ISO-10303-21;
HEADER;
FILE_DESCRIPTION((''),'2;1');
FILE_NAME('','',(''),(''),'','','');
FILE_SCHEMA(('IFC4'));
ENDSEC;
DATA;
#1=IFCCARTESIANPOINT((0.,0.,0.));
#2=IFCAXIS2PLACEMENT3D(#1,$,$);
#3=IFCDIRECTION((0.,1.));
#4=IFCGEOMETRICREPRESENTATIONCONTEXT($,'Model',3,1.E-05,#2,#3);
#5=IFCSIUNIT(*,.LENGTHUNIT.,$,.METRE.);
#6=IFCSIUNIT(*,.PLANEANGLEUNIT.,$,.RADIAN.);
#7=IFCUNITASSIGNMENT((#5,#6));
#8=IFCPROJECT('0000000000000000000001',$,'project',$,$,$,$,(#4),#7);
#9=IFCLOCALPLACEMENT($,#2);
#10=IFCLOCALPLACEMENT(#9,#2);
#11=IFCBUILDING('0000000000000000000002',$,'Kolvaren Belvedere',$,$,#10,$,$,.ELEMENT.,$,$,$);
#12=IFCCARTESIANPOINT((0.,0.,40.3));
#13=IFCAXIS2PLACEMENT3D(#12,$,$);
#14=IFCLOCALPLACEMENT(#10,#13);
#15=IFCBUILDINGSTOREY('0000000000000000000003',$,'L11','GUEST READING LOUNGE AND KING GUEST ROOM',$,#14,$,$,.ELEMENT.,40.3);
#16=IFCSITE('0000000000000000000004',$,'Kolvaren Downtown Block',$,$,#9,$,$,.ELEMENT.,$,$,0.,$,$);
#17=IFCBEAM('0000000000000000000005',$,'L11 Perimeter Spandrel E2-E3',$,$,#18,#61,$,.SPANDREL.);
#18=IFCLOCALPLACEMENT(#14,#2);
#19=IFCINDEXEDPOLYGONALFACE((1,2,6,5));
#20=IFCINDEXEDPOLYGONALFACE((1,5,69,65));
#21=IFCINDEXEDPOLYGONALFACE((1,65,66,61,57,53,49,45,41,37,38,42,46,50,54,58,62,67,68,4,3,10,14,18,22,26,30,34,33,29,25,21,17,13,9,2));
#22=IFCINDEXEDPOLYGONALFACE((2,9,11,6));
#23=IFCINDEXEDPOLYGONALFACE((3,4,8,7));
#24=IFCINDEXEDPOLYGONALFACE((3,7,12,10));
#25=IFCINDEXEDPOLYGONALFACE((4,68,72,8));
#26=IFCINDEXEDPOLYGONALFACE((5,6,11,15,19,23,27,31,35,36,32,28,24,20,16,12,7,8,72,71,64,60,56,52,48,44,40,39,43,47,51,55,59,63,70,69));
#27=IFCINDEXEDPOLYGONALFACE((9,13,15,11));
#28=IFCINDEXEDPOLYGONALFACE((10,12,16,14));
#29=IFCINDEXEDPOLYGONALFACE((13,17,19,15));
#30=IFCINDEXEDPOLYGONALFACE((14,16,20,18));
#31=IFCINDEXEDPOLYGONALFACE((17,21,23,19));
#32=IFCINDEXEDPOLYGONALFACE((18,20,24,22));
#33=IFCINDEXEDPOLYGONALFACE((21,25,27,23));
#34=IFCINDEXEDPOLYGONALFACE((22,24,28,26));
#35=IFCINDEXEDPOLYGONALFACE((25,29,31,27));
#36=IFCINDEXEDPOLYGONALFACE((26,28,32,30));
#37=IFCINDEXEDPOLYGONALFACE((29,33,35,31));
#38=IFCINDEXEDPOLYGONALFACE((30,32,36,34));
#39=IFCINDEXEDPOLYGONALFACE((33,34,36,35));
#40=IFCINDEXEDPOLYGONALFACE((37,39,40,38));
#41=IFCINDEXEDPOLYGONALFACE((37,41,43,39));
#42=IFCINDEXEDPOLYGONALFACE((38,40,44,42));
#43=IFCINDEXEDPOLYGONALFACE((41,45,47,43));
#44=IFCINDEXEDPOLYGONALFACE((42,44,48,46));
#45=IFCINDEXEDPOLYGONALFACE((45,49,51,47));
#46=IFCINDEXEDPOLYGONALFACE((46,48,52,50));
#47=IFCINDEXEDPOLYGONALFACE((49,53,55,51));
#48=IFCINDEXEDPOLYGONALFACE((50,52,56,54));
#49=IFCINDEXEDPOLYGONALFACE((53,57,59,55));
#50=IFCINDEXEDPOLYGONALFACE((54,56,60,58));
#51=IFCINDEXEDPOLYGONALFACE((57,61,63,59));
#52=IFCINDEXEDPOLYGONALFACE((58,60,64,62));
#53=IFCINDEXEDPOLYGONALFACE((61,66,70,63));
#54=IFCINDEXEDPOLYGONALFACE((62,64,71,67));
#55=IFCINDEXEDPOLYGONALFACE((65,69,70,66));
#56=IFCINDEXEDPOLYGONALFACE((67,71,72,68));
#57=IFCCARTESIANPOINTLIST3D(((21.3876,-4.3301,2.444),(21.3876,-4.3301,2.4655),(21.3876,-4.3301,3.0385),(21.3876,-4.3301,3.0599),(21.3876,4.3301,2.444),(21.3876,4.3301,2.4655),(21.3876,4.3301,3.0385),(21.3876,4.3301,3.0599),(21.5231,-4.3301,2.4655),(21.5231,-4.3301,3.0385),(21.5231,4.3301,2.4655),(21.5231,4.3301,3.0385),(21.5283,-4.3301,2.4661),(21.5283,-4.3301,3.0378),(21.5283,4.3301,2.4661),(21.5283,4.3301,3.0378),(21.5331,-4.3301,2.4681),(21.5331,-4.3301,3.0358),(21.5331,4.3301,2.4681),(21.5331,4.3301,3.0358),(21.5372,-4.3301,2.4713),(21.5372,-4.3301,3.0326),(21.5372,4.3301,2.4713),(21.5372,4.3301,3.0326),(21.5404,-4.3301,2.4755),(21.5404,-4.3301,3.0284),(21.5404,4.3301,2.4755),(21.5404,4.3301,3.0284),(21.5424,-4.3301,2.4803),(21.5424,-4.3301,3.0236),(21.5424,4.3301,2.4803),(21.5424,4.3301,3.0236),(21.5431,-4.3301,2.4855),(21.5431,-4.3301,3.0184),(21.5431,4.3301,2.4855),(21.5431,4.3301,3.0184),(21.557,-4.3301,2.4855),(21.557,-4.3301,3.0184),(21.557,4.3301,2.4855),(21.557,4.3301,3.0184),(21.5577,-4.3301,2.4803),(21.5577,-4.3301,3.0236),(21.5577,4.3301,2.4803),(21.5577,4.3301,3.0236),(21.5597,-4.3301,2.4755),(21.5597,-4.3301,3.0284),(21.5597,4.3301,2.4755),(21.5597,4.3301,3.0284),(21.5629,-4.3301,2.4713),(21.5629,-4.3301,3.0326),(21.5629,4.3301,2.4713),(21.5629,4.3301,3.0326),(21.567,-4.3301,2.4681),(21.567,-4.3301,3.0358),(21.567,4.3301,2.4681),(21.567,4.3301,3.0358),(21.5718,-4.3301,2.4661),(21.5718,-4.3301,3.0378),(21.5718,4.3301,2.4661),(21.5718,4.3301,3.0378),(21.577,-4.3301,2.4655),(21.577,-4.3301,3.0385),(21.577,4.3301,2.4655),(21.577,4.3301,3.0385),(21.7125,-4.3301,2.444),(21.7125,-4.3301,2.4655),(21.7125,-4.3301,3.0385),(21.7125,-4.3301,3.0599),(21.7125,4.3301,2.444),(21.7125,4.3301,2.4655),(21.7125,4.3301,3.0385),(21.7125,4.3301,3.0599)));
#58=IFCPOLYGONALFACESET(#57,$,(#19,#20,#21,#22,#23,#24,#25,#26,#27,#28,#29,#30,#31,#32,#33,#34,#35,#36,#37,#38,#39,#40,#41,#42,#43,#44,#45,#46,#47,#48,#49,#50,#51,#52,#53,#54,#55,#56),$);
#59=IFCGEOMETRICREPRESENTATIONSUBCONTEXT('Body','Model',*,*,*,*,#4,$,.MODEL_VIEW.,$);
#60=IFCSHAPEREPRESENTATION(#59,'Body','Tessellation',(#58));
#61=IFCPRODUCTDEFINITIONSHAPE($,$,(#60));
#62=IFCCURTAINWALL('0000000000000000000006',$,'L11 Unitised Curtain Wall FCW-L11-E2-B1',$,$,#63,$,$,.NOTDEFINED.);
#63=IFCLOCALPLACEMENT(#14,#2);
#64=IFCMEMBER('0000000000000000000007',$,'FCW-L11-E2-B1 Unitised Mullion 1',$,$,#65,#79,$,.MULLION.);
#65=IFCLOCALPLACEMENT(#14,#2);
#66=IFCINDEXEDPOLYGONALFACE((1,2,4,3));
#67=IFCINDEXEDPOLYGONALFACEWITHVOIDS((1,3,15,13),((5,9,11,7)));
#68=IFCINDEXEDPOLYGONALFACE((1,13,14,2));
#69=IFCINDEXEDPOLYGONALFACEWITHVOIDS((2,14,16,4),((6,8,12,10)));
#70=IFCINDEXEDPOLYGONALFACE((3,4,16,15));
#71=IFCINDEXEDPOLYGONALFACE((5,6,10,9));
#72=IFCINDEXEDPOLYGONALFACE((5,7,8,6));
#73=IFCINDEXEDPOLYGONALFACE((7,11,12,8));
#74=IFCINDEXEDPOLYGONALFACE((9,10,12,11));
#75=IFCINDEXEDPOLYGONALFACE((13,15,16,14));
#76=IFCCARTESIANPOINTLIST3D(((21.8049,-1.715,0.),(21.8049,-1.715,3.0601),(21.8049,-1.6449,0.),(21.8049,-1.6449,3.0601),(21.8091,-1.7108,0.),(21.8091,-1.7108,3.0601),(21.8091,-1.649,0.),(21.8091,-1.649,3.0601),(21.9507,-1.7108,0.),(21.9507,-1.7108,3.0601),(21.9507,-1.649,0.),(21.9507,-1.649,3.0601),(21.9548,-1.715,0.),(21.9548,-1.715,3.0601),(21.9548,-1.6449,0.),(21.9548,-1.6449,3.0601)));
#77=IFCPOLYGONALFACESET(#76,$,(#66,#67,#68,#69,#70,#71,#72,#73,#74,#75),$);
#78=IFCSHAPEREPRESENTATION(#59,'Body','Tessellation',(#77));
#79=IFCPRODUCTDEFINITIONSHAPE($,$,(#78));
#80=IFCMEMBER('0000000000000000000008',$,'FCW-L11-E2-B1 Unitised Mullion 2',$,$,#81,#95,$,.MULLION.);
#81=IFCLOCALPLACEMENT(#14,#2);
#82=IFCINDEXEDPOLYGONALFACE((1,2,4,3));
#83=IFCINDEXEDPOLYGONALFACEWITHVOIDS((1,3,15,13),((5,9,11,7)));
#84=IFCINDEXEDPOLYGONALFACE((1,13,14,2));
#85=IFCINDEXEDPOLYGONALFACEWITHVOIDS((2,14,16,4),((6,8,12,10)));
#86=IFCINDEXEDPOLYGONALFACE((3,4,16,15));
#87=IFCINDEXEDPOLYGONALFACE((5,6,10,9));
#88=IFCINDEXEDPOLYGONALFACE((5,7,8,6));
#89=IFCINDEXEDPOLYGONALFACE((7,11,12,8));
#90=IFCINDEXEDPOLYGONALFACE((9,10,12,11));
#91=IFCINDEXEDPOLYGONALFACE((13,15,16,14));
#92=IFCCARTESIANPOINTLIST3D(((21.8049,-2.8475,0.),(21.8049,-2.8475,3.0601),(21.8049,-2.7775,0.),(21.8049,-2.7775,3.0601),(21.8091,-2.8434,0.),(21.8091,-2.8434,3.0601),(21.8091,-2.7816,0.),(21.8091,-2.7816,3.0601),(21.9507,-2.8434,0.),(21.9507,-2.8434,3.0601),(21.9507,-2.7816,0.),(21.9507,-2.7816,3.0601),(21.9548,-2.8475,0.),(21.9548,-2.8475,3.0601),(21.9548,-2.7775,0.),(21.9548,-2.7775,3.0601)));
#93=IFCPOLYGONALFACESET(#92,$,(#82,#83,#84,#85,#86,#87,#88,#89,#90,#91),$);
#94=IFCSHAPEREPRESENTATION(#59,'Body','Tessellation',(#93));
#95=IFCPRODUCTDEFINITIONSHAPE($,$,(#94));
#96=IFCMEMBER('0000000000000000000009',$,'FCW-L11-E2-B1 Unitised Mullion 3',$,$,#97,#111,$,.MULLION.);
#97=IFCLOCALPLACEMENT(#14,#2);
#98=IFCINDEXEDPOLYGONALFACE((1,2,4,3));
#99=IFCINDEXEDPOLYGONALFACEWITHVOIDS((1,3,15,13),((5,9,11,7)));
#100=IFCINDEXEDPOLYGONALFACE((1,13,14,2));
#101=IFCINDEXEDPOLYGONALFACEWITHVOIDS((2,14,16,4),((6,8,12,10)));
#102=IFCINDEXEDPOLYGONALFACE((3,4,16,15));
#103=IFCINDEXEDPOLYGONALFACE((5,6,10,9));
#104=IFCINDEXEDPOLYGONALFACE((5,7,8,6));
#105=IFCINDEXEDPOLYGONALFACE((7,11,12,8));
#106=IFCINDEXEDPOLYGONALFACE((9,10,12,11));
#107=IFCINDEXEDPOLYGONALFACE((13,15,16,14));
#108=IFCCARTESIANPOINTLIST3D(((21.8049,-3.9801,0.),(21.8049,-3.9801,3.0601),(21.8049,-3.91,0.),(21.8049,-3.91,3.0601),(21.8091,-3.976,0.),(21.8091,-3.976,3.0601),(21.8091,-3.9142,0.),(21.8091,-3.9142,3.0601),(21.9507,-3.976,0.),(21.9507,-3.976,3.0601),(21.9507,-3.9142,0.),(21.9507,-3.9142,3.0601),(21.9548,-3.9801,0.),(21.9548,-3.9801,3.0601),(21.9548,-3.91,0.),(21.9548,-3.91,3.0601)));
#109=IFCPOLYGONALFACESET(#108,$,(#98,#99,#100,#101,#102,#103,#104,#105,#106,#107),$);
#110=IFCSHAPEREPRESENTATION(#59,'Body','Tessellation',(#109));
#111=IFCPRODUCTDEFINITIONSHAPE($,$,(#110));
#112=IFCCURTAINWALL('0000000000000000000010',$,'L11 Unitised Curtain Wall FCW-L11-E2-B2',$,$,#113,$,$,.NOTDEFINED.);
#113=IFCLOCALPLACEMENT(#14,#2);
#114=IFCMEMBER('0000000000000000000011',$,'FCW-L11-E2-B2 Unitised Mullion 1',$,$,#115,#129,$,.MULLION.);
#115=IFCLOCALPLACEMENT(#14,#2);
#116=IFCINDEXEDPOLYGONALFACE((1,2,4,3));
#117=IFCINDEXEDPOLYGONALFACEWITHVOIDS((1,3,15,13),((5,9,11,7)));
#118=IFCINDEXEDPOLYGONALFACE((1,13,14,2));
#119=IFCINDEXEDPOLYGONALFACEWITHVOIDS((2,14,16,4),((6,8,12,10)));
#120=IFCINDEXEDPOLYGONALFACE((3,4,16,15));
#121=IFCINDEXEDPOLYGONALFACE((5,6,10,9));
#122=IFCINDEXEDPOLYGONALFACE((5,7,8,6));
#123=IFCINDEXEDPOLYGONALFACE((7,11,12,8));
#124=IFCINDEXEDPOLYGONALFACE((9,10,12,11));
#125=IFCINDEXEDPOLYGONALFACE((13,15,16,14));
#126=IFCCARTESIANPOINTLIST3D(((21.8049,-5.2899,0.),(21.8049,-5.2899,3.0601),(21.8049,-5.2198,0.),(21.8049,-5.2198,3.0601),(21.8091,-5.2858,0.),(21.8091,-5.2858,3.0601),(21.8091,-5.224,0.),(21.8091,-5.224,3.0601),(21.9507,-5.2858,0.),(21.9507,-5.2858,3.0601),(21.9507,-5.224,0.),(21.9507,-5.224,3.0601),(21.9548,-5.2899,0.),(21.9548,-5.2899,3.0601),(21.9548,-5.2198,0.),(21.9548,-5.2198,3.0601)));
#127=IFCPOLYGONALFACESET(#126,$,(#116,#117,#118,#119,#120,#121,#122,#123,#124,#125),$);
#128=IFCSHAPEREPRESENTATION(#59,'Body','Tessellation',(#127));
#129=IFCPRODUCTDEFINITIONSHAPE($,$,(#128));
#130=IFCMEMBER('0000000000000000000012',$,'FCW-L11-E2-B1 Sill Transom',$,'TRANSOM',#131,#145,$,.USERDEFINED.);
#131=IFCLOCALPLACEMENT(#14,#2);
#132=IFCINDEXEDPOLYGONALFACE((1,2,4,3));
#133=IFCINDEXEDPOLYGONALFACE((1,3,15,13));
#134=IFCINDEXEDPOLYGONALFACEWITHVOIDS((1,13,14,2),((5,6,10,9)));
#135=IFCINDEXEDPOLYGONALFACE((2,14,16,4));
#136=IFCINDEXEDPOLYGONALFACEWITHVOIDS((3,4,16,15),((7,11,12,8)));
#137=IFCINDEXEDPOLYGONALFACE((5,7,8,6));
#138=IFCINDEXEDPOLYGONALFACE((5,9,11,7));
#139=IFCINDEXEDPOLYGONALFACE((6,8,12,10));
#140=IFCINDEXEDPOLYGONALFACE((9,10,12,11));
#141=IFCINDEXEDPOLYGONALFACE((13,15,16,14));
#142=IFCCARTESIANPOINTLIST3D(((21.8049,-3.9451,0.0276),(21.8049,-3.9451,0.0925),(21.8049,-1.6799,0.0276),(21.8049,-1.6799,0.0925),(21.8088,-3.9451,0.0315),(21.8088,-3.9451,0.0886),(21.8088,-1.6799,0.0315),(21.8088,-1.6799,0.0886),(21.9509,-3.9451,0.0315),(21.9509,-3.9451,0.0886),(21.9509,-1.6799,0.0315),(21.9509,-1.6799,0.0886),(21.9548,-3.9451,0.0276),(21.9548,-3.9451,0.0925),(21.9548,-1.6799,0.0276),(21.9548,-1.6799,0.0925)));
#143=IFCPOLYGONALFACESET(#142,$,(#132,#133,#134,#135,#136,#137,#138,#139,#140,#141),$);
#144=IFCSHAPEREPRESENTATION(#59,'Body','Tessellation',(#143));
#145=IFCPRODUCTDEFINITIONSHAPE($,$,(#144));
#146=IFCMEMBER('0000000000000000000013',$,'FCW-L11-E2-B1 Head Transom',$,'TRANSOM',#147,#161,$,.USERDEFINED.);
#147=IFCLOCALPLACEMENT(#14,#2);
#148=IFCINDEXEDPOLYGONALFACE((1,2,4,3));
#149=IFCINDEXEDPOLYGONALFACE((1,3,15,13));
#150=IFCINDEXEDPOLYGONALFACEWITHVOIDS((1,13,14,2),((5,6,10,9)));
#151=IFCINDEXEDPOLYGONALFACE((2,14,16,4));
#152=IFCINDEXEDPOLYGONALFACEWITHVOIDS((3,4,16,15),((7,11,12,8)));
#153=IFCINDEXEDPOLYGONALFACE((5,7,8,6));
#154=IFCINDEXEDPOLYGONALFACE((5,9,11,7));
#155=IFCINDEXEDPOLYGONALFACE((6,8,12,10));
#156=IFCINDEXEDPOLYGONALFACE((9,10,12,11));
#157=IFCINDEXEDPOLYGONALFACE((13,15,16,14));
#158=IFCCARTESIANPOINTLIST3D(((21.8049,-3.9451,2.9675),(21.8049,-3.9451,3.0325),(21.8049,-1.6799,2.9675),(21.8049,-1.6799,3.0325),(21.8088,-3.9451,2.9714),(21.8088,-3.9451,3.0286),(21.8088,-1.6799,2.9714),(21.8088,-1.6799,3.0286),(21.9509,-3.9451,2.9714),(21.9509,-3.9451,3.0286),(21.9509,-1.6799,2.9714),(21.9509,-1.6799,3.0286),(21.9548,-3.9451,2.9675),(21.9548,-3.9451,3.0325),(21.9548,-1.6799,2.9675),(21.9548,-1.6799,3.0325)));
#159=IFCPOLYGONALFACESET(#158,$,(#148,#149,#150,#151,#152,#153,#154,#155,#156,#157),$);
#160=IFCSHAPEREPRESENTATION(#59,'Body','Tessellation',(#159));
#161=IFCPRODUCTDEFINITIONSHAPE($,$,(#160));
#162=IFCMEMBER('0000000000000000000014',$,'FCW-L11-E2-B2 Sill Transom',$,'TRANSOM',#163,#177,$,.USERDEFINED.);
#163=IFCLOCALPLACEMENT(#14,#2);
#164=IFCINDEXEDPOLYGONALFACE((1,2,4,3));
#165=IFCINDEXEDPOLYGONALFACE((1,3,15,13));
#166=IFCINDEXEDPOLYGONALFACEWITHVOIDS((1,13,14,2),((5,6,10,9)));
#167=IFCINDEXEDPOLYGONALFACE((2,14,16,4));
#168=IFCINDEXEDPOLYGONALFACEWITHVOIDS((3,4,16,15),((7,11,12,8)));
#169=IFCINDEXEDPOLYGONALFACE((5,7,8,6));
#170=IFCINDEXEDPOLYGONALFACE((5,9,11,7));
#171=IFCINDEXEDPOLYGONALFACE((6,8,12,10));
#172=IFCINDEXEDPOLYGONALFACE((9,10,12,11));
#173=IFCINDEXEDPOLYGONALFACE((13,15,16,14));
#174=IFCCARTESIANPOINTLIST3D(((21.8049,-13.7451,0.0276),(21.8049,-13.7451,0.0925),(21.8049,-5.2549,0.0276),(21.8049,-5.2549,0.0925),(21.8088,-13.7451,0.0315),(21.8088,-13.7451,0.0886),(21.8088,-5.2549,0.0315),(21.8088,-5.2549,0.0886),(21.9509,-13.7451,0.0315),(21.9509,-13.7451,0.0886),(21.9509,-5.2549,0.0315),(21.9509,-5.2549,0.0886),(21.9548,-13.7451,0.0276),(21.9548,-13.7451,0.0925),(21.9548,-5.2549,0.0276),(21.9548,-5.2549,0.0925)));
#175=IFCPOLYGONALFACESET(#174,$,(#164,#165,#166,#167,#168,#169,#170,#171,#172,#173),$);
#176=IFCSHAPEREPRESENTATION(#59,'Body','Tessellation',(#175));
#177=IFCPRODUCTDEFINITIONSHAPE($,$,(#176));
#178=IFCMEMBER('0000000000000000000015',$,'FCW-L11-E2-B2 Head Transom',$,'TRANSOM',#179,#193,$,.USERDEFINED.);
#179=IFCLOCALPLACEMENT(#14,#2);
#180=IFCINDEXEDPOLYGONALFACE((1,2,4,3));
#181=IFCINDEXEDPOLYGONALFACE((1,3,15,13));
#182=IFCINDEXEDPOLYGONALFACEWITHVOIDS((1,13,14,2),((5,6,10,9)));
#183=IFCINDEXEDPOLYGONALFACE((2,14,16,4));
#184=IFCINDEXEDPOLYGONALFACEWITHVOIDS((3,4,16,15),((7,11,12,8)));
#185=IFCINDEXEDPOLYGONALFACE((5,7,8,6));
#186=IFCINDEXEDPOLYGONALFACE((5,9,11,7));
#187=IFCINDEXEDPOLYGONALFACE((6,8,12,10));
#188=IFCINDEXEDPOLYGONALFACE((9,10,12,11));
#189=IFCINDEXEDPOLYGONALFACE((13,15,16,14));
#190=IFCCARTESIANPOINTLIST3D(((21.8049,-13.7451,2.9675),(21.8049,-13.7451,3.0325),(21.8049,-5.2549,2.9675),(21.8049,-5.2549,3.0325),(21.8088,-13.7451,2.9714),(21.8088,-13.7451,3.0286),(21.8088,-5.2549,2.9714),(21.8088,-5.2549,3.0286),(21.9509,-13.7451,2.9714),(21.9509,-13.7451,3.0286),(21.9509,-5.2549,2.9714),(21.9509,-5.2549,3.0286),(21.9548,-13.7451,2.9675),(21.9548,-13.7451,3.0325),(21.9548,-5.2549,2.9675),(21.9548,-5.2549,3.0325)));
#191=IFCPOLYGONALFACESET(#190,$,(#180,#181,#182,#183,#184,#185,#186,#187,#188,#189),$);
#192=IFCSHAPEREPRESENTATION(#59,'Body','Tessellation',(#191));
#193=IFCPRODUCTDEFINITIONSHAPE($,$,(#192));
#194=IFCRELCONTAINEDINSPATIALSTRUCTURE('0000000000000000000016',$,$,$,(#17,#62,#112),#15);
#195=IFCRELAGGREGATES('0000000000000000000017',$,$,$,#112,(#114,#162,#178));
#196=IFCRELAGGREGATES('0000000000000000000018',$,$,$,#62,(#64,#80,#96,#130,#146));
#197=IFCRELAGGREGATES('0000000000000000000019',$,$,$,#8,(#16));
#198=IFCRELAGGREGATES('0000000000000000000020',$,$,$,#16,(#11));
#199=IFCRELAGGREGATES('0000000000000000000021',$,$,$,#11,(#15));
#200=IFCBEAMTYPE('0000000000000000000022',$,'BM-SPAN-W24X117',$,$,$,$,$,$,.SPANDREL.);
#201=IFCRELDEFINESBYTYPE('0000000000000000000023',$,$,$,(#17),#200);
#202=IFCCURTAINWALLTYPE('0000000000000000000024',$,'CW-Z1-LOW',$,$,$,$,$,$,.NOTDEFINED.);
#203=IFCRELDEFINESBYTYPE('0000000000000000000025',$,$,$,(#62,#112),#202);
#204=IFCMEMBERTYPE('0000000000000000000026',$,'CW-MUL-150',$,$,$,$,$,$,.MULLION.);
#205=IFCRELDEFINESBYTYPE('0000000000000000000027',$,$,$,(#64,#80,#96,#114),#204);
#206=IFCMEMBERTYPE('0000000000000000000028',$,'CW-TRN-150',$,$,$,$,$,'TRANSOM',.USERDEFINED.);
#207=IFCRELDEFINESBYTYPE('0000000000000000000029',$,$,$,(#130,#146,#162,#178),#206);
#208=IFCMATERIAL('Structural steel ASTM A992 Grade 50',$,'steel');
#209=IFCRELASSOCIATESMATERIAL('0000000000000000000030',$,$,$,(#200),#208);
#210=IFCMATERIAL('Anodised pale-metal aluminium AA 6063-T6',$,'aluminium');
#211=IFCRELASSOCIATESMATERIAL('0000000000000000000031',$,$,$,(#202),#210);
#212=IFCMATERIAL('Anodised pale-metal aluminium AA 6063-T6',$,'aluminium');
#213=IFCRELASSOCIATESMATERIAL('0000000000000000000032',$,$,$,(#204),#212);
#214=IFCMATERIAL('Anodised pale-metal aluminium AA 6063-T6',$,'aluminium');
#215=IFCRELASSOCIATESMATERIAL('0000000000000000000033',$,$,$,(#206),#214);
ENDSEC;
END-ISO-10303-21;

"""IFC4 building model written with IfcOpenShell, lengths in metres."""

from ifc_helpers import new_model, si_unit, direction, frame, origin, origin_2d, place, context, subcontext, project, spatial, hollow_rectangle, i_section, extrude, material, material_profile, profile_set, type_object, element, aggregate, save


model = new_model("IFC4")

# Units and contexts
model_context = context("Model", 3, precision=1e-05, world=origin(), true_north=direction((0.0, 1.0)))
body_context = subcontext(model_context, "Body", "Model", "MODEL_VIEW")
ifc_project = project(units=[si_unit("LENGTHUNIT", "METRE"), si_unit("PLANEANGLEUNIT", "RADIAN")], contexts=[model_context])

# Site, building, storey
site_placement = place(None, origin())
site = spatial("IfcSite", under=ifc_project, at=site_placement, Name="Kolvaren Downtown Block", CompositionType="ELEMENT", RefElevation=0.0)
building_placement = place(site_placement, origin())
building = spatial("IfcBuilding", under=site, at=building_placement, Name="Kolvaren Belvedere", CompositionType="ELEMENT")
storey_placement = place(building_placement, frame((0.0, 0.0, 40.3)))
storey = spatial("IfcBuildingStorey", under=building, at=storey_placement, Name="L11", Description="GUEST READING LOUNGE AND KING GUEST ROOM", CompositionType="ELEMENT", Elevation=40.3)

# Beam
ifc_material_1 = material(Name="Structural steel ASTM A992 Grade 50", Category="steel")
ifc_material_profile_1 = material_profile(ifc_material_1, i_section(OverallWidth=0.325, OverallDepth=0.616, WebThickness=0.0139, FlangeThickness=0.0215, FilletRadius=0.02, at=origin_2d()), Name="W24X117")
ifc_profile_set_1 = profile_set([ifc_material_profile_1], Name="Structural steel ASTM A992 Grade 50")
beam_type_1 = type_object("IfcBeamType", Name="BM-SPAN-W24X117", PredefinedType="SPANDREL", material=ifc_profile_set_1)
beam_1_placement = place(storey_placement, frame((21.55, -4.3301, 2.752), z_axis=(0.0, 1.0, 0.0), x_axis=(-1.0, 0.0, 0.0)))
element("IfcBeam", 1, at=beam_1_placement, inside=storey, type_object=beam_type_1, Name="L11 Perimeter Spandrel E2-E3", PredefinedType="SPANDREL", context=body_context, shape_type="SweptSolid", body=[
    extrude(i_section(OverallWidth=0.325, OverallDepth=0.616, WebThickness=0.0139, FlangeThickness=0.0215, FilletRadius=0.02, at=origin_2d()), origin(), (0.0, 0.0, 1.0), 8.6602),
])

# Curtain wall, members
ifc_material_2 = material(Name="Anodised pale-metal aluminium AA 6063-T6", Category="aluminium")
curtain_wall_type = type_object("IfcCurtainWallType", Name="CW-Z1-LOW", PredefinedType="NOTDEFINED", material=ifc_material_2)
curtain_wall_1_placement = place(storey_placement, origin())
curtain_wall_1 = element("IfcCurtainWall", 2, at=curtain_wall_1_placement, inside=storey, type_object=curtain_wall_type, Name="L11 Unitised Curtain Wall FCW-L11-E2-B1", PredefinedType="NOTDEFINED")
ifc_material_3 = material(Name="Anodised pale-metal aluminium AA 6063-T6", Category="aluminium")
ifc_material_profile_2 = material_profile(ifc_material_3, hollow_rectangle(XDim=0.0701, YDim=0.1499, WallThickness=0.0042, at=origin_2d()), Name="ALU-MUL-150X70")
ifc_profile_set_2 = profile_set([ifc_material_profile_2], Name="Anodised pale-metal aluminium AA 6063-T6")
member_type_1 = type_object("IfcMemberType", Name="CW-MUL-150", PredefinedType="MULLION", material=ifc_profile_set_2)
member_1_placement = place(storey_placement, frame((21.8799, -1.6799, 0.0), z_axis=(0.0, 0.0, 1.0), x_axis=(0.0, 1.0, 0.0)))
member_1 = element("IfcMember", 3, at=member_1_placement, type_object=member_type_1, Name="FCW-L11-E2-B1 Unitised Mullion 1", PredefinedType="MULLION", context=body_context, shape_type="SweptSolid", body=[
    extrude(hollow_rectangle(XDim=0.0701, YDim=0.1499, WallThickness=0.0042, at=origin_2d()), origin(), (0.0, 0.0, 1.0), 3.0601),
])
member_2_placement = place(storey_placement, frame((21.8799, -2.8125, 0.0), z_axis=(0.0, 0.0, 1.0), x_axis=(0.0, 1.0, 0.0)))
member_2 = element("IfcMember", 4, at=member_2_placement, type_object=member_type_1, Name="FCW-L11-E2-B1 Unitised Mullion 2", PredefinedType="MULLION", context=body_context, shape_type="SweptSolid", body=[
    extrude(hollow_rectangle(XDim=0.0701, YDim=0.1499, WallThickness=0.0042, at=origin_2d()), origin(), (0.0, 0.0, 1.0), 3.0601),
])
member_3_placement = place(storey_placement, frame((21.8799, -3.9451, 0.0), z_axis=(0.0, 0.0, 1.0), x_axis=(0.0, 1.0, 0.0)))
member_3 = element("IfcMember", 5, at=member_3_placement, type_object=member_type_1, Name="FCW-L11-E2-B1 Unitised Mullion 3", PredefinedType="MULLION", context=body_context, shape_type="SweptSolid", body=[
    extrude(hollow_rectangle(XDim=0.0701, YDim=0.1499, WallThickness=0.0042, at=origin_2d()), origin(), (0.0, 0.0, 1.0), 3.0601),
])

# Curtain wall, member
curtain_wall_2_placement = place(storey_placement, origin())
curtain_wall_2 = element("IfcCurtainWall", 6, at=curtain_wall_2_placement, inside=storey, type_object=curtain_wall_type, Name="L11 Unitised Curtain Wall FCW-L11-E2-B2", PredefinedType="NOTDEFINED")
member_4_placement = place(storey_placement, frame((21.8799, -5.2549, 0.0), z_axis=(0.0, 0.0, 1.0), x_axis=(0.0, 1.0, 0.0)))
member_4 = element("IfcMember", 7, at=member_4_placement, type_object=member_type_1, Name="FCW-L11-E2-B2 Unitised Mullion 1", PredefinedType="MULLION", context=body_context, shape_type="SweptSolid", body=[
    extrude(hollow_rectangle(XDim=0.0701, YDim=0.1499, WallThickness=0.0042, at=origin_2d()), origin(), (0.0, 0.0, 1.0), 3.0601),
])

# Members
ifc_material_4 = material(Name="Anodised pale-metal aluminium AA 6063-T6", Category="aluminium")
ifc_material_profile_3 = material_profile(ifc_material_4, hollow_rectangle(XDim=0.0649, YDim=0.1499, WallThickness=0.0039, at=origin_2d()), Name="ALU-TRN-150X65")
ifc_profile_set_3 = profile_set([ifc_material_profile_3], Name="Anodised pale-metal aluminium AA 6063-T6")
member_type_2 = type_object("IfcMemberType", Name="CW-TRN-150", ElementType="TRANSOM", PredefinedType="USERDEFINED", material=ifc_profile_set_3)
member_5_placement = place(storey_placement, frame((21.8799, -1.6799, 0.0601), z_axis=(0.0, -1.0, 0.0), x_axis=(0.0, 0.0, 1.0)))
member_5 = element("IfcMember", 8, at=member_5_placement, type_object=member_type_2, Name="FCW-L11-E2-B1 Sill Transom", ObjectType="TRANSOM", PredefinedType="USERDEFINED", context=body_context, shape_type="SweptSolid", body=[
    extrude(hollow_rectangle(XDim=0.0649, YDim=0.1499, WallThickness=0.0039, at=origin_2d()), origin(), (0.0, 0.0, 1.0), 2.2651),
])
member_6_placement = place(storey_placement, frame((21.8799, -1.6799, 3.0), z_axis=(0.0, -1.0, 0.0), x_axis=(0.0, 0.0, 1.0)))
member_6 = element("IfcMember", 9, at=member_6_placement, type_object=member_type_2, Name="FCW-L11-E2-B1 Head Transom", ObjectType="TRANSOM", PredefinedType="USERDEFINED", context=body_context, shape_type="SweptSolid", body=[
    extrude(hollow_rectangle(XDim=0.0649, YDim=0.1499, WallThickness=0.0039, at=origin_2d()), origin(), (0.0, 0.0, 1.0), 2.2651),
])
member_7_placement = place(storey_placement, frame((21.8799, -5.2549, 0.0601), z_axis=(0.0, -1.0, 0.0), x_axis=(0.0, 0.0, 1.0)))
member_7 = element("IfcMember", 10, at=member_7_placement, type_object=member_type_2, Name="FCW-L11-E2-B2 Sill Transom", ObjectType="TRANSOM", PredefinedType="USERDEFINED", context=body_context, shape_type="SweptSolid", body=[
    extrude(hollow_rectangle(XDim=0.0649, YDim=0.1499, WallThickness=0.0039, at=origin_2d()), origin(), (0.0, 0.0, 1.0), 8.4902),
])
member_8_placement = place(storey_placement, frame((21.8799, -5.2549, 3.0), z_axis=(0.0, -1.0, 0.0), x_axis=(0.0, 0.0, 1.0)))
member_8 = element("IfcMember", 11, at=member_8_placement, type_object=member_type_2, Name="FCW-L11-E2-B2 Head Transom", ObjectType="TRANSOM", PredefinedType="USERDEFINED", context=body_context, shape_type="SweptSolid", body=[
    extrude(hollow_rectangle(XDim=0.0649, YDim=0.1499, WallThickness=0.0039, at=origin_2d()), origin(), (0.0, 0.0, 1.0), 8.4902),
])
aggregate(curtain_wall_2, [member_4, member_7, member_8])

aggregate(curtain_wall_1, [member_1, member_2, member_3, member_5, member_6])

save(model, "model.ifc")
